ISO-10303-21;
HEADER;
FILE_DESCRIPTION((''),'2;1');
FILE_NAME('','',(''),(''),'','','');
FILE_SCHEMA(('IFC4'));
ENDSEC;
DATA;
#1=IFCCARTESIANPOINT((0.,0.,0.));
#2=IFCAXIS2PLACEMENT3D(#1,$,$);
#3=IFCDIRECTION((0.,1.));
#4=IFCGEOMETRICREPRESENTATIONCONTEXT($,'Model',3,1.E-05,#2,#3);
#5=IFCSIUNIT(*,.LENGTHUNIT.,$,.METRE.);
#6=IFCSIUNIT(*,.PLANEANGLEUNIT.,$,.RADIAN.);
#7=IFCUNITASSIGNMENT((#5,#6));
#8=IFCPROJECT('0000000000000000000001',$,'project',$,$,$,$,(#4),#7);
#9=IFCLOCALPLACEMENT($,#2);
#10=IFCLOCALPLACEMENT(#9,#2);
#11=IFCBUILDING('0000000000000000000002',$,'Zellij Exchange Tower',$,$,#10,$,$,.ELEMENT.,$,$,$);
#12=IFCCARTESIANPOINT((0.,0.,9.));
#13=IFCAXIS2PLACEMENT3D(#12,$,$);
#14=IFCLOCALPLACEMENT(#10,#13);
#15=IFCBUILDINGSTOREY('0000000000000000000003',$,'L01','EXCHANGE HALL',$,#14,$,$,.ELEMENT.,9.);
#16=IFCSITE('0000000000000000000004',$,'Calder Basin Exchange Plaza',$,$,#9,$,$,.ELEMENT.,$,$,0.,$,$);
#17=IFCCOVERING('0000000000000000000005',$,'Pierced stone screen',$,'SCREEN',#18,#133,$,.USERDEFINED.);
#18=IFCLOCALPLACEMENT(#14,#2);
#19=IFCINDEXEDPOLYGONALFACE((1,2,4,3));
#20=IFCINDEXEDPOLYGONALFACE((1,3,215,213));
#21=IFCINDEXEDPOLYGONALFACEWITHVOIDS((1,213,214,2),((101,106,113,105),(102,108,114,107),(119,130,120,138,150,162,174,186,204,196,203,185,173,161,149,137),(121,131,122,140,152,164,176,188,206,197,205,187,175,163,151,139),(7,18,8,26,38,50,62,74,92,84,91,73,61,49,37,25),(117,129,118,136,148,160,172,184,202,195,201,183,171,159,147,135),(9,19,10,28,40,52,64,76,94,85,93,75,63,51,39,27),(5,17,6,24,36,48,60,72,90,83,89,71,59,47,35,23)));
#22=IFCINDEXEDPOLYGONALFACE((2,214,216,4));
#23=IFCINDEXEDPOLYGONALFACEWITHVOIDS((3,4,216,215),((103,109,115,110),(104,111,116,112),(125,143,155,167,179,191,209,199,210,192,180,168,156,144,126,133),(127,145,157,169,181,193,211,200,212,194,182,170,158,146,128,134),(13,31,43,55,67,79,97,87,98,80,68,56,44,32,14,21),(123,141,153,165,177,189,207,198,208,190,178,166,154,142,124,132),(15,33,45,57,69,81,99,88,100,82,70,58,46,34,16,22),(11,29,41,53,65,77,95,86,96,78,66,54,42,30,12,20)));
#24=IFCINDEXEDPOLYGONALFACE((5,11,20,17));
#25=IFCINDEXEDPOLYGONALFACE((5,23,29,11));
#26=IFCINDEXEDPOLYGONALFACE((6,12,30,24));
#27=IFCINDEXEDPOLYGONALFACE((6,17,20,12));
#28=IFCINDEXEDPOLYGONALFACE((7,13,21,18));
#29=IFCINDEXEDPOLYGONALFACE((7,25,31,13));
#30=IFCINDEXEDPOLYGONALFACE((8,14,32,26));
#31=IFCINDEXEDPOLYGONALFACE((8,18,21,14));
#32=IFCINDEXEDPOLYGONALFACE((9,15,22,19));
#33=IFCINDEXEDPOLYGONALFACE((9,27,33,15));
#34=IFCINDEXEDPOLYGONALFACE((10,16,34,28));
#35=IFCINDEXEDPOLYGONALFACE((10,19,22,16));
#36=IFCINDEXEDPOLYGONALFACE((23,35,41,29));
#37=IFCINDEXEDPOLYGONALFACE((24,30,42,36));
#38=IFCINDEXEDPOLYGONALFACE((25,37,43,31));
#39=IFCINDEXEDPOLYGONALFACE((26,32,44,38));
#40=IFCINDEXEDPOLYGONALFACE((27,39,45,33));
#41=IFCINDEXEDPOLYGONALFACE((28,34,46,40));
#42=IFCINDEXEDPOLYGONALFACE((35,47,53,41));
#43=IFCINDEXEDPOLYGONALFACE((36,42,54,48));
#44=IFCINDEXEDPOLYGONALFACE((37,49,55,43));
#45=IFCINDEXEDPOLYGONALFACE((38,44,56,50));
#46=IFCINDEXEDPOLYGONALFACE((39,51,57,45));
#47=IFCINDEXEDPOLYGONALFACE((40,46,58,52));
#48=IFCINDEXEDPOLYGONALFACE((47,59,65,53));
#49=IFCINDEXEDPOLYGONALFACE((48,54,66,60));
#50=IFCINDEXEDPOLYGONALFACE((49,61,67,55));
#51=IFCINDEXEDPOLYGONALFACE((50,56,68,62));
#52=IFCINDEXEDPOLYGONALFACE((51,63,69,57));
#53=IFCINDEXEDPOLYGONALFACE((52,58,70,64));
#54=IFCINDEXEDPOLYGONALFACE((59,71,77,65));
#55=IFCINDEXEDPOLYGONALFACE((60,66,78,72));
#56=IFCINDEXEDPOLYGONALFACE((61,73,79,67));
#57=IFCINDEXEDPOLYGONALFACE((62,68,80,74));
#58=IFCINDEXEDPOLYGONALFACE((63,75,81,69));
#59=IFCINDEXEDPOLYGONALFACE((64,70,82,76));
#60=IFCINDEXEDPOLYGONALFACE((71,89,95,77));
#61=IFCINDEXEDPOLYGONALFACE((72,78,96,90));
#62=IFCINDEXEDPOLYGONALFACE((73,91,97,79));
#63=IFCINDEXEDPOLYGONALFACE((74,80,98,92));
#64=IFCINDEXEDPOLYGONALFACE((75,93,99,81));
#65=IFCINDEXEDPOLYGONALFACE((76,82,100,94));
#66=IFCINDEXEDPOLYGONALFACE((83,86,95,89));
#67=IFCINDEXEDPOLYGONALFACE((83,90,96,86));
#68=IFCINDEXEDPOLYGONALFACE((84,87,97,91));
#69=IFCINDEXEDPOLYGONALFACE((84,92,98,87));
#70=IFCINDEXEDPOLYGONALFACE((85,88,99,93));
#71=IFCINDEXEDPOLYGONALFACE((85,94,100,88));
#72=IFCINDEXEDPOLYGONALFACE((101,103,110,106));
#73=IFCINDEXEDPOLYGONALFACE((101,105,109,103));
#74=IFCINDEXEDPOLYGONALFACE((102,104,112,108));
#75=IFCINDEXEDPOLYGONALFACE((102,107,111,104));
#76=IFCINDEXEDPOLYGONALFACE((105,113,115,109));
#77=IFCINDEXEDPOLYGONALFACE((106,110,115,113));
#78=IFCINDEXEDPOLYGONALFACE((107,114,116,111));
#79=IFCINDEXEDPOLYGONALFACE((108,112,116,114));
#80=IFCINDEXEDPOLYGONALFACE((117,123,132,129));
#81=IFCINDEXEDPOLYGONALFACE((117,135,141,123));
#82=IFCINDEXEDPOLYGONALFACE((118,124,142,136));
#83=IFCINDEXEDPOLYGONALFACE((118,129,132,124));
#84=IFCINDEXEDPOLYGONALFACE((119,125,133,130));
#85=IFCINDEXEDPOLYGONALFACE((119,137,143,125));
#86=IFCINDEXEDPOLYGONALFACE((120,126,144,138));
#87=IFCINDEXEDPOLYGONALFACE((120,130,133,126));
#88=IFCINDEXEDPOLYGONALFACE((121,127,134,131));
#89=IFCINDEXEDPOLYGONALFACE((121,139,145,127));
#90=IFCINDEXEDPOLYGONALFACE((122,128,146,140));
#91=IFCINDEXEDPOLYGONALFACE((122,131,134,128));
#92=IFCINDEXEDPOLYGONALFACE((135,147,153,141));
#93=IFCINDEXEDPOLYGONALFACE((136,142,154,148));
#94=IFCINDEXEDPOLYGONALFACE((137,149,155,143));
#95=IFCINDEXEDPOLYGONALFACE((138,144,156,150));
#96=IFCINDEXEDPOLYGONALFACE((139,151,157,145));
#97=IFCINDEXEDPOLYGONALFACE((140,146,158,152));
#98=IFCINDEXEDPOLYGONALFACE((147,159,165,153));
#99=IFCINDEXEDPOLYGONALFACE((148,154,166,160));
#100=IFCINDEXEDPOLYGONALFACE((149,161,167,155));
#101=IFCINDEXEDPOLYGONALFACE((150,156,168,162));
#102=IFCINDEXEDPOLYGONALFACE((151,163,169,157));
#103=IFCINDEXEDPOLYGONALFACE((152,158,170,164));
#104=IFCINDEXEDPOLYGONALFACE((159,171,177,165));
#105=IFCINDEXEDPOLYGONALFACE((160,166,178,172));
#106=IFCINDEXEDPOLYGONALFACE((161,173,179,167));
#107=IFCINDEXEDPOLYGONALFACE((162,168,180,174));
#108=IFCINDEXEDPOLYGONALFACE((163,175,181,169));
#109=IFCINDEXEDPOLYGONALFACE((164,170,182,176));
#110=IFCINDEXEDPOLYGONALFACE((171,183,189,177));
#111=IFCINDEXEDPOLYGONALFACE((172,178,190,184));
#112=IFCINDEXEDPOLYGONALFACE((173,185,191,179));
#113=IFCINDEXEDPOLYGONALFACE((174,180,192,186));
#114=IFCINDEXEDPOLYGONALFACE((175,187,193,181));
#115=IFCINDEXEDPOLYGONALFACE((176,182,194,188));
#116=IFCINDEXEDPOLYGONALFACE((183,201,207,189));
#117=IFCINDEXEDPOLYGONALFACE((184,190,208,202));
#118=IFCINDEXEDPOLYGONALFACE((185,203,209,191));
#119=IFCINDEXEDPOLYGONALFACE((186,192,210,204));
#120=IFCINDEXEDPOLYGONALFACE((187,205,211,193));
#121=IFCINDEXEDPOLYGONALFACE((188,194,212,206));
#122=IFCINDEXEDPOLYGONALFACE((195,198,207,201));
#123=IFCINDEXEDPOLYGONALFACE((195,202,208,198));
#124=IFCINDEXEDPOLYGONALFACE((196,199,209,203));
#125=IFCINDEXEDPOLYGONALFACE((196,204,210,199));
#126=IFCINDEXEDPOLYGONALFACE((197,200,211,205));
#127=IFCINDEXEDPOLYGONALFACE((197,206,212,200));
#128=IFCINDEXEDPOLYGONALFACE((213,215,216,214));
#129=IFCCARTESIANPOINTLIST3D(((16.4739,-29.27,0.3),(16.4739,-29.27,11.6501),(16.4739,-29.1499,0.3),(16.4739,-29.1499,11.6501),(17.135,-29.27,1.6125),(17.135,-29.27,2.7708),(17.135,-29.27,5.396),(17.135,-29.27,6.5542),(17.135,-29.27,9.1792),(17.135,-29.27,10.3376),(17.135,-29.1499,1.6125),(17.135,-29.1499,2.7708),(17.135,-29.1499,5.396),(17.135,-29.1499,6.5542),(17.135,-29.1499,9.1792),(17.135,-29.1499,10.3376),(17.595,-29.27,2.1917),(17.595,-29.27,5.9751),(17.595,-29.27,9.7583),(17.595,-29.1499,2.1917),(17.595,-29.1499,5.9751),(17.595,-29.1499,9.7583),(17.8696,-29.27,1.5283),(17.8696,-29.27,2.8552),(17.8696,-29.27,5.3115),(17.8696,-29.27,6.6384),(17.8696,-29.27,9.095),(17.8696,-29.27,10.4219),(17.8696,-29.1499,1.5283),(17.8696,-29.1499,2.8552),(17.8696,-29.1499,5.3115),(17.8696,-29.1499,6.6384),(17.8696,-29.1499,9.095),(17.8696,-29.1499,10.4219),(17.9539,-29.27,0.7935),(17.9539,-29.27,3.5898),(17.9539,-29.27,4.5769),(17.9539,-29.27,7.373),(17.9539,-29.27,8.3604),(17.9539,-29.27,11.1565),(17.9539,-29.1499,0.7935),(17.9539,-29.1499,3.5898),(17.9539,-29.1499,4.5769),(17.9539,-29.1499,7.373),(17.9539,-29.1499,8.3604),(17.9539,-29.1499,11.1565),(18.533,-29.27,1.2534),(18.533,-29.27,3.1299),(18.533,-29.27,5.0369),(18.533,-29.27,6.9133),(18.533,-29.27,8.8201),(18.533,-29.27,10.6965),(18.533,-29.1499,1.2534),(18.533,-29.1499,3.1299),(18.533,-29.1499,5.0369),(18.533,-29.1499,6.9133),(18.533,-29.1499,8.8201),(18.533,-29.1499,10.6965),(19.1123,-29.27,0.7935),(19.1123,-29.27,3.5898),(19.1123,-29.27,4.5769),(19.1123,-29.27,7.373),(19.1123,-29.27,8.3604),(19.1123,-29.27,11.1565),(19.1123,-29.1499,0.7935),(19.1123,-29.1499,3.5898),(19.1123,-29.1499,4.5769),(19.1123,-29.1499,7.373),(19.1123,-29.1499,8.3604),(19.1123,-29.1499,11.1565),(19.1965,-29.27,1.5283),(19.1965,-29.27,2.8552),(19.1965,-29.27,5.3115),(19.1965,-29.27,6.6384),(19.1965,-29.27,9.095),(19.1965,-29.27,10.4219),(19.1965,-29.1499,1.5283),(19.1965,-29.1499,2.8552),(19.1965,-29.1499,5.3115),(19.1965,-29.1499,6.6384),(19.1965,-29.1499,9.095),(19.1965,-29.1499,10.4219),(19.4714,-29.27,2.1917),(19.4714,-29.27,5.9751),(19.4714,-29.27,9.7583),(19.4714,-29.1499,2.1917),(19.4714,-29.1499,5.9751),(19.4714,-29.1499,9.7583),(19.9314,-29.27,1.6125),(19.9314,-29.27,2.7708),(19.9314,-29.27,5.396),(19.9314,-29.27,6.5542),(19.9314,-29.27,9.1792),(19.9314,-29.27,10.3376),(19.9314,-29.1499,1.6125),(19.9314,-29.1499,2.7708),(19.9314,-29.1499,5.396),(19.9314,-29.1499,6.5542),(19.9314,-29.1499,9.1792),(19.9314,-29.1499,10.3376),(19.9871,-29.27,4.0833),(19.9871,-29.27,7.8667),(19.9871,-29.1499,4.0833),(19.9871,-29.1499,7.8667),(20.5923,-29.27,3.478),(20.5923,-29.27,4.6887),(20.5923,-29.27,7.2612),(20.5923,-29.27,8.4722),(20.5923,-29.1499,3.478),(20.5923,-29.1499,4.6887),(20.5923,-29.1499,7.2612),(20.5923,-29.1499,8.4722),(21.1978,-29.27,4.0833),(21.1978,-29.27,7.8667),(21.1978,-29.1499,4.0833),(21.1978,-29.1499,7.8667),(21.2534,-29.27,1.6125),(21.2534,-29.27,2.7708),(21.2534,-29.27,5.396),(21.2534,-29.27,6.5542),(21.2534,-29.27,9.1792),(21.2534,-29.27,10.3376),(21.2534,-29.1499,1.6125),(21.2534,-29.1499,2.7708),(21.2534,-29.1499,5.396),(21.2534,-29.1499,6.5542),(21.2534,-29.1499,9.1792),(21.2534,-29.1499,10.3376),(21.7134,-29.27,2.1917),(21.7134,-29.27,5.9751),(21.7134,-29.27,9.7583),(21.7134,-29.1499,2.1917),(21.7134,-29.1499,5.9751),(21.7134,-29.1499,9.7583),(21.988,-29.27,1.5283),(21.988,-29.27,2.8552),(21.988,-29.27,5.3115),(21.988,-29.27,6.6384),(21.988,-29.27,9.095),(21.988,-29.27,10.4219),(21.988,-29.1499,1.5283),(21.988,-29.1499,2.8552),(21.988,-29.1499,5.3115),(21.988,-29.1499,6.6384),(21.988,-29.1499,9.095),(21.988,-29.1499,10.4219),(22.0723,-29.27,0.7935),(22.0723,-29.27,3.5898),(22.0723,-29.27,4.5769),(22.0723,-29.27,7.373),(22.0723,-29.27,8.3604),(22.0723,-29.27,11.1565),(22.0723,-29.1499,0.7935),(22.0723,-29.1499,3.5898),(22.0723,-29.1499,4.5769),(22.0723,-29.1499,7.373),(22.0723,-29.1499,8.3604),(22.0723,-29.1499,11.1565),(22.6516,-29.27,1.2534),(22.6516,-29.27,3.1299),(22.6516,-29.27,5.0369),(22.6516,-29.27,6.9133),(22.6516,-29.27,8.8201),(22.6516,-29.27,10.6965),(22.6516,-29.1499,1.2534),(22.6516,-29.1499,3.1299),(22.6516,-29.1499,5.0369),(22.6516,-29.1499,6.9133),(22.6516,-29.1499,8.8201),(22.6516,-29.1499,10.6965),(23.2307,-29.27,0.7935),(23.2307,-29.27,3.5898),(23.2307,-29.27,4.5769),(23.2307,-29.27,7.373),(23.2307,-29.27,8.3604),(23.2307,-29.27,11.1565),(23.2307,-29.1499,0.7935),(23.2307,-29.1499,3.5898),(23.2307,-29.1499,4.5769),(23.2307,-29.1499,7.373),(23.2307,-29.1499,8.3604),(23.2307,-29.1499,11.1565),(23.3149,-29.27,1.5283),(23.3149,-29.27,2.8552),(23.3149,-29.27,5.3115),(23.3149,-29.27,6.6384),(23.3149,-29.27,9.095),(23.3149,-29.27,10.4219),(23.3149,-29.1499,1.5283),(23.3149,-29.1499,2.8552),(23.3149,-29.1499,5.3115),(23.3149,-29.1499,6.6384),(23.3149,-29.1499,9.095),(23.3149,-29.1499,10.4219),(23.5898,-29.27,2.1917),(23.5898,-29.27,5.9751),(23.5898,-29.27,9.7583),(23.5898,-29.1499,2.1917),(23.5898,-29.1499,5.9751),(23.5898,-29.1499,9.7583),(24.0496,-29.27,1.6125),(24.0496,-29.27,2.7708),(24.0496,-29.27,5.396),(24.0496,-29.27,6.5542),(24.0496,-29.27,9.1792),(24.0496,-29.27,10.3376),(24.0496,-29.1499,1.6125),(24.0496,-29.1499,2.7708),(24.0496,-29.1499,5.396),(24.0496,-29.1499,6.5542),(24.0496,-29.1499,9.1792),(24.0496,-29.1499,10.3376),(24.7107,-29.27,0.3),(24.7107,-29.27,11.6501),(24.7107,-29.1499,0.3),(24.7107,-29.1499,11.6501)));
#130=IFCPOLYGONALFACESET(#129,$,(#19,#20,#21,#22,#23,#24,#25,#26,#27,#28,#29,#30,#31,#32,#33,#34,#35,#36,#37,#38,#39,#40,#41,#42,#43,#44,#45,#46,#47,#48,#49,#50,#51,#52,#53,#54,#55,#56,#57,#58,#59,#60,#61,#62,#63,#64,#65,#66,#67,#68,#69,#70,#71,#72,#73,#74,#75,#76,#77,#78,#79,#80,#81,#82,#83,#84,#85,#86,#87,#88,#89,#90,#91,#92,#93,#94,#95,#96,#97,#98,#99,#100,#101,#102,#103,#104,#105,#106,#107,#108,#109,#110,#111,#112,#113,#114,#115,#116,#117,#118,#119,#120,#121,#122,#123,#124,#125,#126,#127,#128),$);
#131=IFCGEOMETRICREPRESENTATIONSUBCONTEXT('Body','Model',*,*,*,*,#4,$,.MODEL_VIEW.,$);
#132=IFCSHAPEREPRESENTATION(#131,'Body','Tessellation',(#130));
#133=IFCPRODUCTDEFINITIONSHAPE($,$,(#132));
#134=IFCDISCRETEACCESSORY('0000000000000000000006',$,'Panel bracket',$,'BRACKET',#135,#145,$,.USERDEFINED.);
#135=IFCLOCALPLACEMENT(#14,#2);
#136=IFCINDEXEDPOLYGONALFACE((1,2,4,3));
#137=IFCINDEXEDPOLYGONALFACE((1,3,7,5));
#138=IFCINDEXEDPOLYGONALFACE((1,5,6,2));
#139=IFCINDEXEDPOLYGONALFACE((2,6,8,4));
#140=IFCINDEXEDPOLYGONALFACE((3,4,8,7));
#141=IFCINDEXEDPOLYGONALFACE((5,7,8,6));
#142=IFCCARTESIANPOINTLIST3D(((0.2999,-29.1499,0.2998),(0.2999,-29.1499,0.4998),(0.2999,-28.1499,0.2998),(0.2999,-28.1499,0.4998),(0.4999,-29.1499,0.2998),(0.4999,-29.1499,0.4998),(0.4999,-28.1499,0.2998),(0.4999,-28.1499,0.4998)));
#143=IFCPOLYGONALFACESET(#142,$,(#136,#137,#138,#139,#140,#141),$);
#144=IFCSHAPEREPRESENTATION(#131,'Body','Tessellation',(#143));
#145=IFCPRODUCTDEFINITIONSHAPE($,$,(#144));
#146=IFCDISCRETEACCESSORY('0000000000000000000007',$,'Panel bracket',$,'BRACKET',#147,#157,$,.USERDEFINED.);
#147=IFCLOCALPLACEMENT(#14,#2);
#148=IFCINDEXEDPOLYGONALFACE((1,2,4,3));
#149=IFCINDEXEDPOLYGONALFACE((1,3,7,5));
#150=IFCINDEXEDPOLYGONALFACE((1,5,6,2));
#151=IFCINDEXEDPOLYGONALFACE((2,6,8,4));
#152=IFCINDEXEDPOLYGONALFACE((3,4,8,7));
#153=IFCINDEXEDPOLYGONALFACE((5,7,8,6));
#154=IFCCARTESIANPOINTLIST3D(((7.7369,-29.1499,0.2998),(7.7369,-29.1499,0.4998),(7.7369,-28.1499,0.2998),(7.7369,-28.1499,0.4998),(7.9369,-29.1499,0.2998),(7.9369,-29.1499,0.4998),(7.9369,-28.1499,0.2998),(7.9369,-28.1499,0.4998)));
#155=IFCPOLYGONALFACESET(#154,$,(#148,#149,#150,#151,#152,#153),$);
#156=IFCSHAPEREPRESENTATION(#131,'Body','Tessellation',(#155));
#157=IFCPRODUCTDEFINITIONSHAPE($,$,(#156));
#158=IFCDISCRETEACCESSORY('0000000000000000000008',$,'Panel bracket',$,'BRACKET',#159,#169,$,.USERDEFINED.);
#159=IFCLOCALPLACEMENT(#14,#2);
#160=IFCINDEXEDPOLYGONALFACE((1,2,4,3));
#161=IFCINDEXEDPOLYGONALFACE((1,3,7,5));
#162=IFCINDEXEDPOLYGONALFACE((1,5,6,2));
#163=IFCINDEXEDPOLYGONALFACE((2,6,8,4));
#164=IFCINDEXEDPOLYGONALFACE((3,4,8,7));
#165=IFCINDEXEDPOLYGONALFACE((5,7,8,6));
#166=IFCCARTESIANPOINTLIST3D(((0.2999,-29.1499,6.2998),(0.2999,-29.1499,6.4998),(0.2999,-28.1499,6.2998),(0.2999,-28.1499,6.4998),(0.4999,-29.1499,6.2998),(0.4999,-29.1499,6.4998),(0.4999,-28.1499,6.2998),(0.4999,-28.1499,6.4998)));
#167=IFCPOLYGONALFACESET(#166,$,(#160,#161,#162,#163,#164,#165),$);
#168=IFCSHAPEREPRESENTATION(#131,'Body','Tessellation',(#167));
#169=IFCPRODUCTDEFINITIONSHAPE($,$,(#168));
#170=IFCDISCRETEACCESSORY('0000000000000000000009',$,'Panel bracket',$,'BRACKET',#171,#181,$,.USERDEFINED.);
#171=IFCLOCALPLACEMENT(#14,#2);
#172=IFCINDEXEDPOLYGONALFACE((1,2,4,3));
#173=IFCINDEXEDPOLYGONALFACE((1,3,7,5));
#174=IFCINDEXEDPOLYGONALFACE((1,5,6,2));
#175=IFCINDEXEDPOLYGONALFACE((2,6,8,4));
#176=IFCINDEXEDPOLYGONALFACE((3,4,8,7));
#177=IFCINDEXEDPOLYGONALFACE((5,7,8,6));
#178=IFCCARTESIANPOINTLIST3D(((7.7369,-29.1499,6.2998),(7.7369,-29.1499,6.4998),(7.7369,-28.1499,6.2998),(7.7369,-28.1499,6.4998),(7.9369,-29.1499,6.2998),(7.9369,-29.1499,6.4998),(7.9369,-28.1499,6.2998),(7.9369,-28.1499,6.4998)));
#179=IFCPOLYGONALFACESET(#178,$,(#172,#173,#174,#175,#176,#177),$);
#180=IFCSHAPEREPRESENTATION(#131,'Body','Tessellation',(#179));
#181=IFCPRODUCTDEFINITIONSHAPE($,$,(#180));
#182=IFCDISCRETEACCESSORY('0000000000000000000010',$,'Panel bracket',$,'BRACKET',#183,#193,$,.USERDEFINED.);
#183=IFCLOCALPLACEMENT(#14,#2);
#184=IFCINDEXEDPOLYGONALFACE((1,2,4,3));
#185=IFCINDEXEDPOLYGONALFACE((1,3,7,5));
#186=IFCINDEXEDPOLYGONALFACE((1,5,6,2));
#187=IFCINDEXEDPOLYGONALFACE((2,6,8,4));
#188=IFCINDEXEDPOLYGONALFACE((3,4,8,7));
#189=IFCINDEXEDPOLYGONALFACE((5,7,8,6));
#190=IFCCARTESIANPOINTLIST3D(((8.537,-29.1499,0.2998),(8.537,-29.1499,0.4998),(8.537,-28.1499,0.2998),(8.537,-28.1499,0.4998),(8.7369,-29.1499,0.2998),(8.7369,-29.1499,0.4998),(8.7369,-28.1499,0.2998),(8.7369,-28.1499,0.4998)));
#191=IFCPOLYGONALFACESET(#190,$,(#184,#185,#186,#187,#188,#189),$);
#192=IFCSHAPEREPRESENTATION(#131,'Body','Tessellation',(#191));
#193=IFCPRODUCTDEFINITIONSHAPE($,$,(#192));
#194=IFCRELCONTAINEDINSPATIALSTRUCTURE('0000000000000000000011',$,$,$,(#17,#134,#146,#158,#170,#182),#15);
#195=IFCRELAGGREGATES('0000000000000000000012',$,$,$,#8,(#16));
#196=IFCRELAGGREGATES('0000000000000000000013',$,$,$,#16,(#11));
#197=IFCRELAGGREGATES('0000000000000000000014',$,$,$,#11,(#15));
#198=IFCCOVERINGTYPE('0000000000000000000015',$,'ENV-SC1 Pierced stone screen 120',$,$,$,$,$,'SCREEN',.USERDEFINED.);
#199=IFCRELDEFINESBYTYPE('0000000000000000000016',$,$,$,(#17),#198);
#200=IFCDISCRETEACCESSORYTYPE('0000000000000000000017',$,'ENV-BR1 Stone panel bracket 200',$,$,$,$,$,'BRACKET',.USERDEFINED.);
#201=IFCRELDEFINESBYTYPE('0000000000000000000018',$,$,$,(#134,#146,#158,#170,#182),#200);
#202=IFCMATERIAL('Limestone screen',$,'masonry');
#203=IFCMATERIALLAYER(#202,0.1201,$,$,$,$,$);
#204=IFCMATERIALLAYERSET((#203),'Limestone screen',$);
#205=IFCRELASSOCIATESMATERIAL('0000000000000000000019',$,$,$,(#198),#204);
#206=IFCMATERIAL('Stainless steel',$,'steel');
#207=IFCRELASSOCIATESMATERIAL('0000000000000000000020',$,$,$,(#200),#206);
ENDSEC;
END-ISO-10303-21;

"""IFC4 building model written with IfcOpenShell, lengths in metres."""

from ifc_helpers import new_model, si_unit, direction, frame, origin, origin_2d, place, context, subcontext, project, spatial, polyline, rectangle, outline, extrude, material, layer, layer_set, type_object, element, save


model = new_model("IFC4")

# Units and contexts
model_context = context("Model", 3, precision=1e-05, world=origin(), true_north=direction((0.0, 1.0)))
body_context = subcontext(model_context, "Body", "Model", "MODEL_VIEW")
ifc_project = project(units=[si_unit("LENGTHUNIT", "METRE"), si_unit("PLANEANGLEUNIT", "RADIAN")], contexts=[model_context])

# Site, building, storey
site_placement = place(None, origin())
site = spatial("IfcSite", under=ifc_project, at=site_placement, Name="Calder Basin Exchange Plaza", CompositionType="ELEMENT", RefElevation=0.0)
building_placement = place(site_placement, origin())
building = spatial("IfcBuilding", under=site, at=building_placement, Name="Zellij Exchange Tower", CompositionType="ELEMENT")
storey_placement = place(building_placement, frame((0.0, 0.0, 9.0)))
storey = spatial("IfcBuildingStorey", under=building, at=storey_placement, Name="L01", Description="EXCHANGE HALL", CompositionType="ELEMENT", Elevation=9.0)

# Covering
ifc_material_1 = material(Name="Limestone screen", Category="masonry")
ifc_layer_1 = layer(ifc_material_1, 0.1201)
ifc_layer_set_1 = layer_set([ifc_layer_1], Name="Limestone screen")
covering_type = type_object("IfcCoveringType", Name="ENV-SC1 Pierced stone screen 120", ElementType="SCREEN", PredefinedType="USERDEFINED", material=ifc_layer_set_1)
covering_1_placement = place(storey_placement, frame((16.4739, -29.21, 0.3), z_axis=(0.0, 0.0, 1.0), x_axis=(1.0, 0.0, 0.0)))
element("IfcCovering", 1, at=covering_1_placement, inside=storey, type_object=covering_type, Name="Pierced stone screen", ObjectType="SCREEN", PredefinedType="USERDEFINED", context=body_context, shape_type="SweptSolid", body=[
    extrude(outline(polyline([(0.0, 0.0), (8.2368, 0.0), (8.2368, 11.3501), (0.0, 11.3501), (0.0, 0.0)]), holes=[polyline([(3.4575, 2.4707), (2.7227, 2.5552), (2.6384, 3.2898), (2.0591, 2.8298), (1.48, 3.2898), (1.3958, 2.5552), (0.6611, 2.4707), (1.1211, 1.8916), (0.6611, 1.3125), (1.3958, 1.2283), (1.48, 0.4934), (2.0591, 0.9534), (2.6384, 0.4934), (2.7227, 1.2283), (3.4575, 1.3125), (2.9976, 1.8916), (3.4575, 2.4707)]), polyline([(3.4575, 6.2542), (2.7227, 6.3384), (2.6384, 7.073), (2.0591, 6.6133), (1.48, 7.073), (1.3958, 6.3384), (0.6611, 6.2542), (1.1211, 5.675), (0.6611, 5.0959), (1.3958, 5.0115), (1.48, 4.2769), (2.0591, 4.7368), (2.6384, 4.2769), (2.7227, 5.0115), (3.4575, 5.0959), (2.9976, 5.675), (3.4575, 6.2542)]), polyline([(3.4575, 10.0376), (2.7227, 10.1218), (2.6384, 10.8564), (2.0591, 10.3965), (1.48, 10.8564), (1.3958, 10.1218), (0.6611, 10.0376), (1.1211, 9.4583), (0.6611, 8.8792), (1.3958, 8.7949), (1.48, 8.0603), (2.0591, 8.52), (2.6384, 8.0603), (2.7227, 8.7949), (3.4575, 8.8792), (2.9976, 9.4583), (3.4575, 10.0376)]), polyline([(7.5757, 2.4707), (6.8411, 2.5552), (6.7568, 3.2898), (6.1777, 2.8298), (5.5984, 3.2898), (5.5142, 2.5552), (4.7795, 2.4707), (5.2395, 1.8916), (4.7795, 1.3125), (5.5142, 1.2283), (5.5984, 0.4934), (6.1777, 0.9534), (6.7568, 0.4934), (6.8411, 1.2283), (7.5757, 1.3125), (7.116, 1.8916), (7.5757, 2.4707)]), polyline([(7.5757, 6.2542), (6.8411, 6.3384), (6.7568, 7.073), (6.1777, 6.6133), (5.5984, 7.073), (5.5142, 6.3384), (4.7795, 6.2542), (5.2395, 5.675), (4.7795, 5.0959), (5.5142, 5.0115), (5.5984, 4.2769), (6.1777, 4.7368), (6.7568, 4.2769), (6.8411, 5.0115), (7.5757, 5.0959), (7.116, 5.675), (7.5757, 6.2542)]), polyline([(7.5757, 10.0376), (6.8411, 10.1218), (6.7568, 10.8564), (6.1777, 10.3965), (5.5984, 10.8564), (5.5142, 10.1218), (4.7795, 10.0376), (5.2395, 9.4583), (4.7795, 8.8792), (5.5142, 8.7949), (5.5984, 8.0603), (6.1777, 8.52), (6.7568, 8.0603), (6.8411, 8.7949), (7.5757, 8.8792), (7.116, 9.4583), (7.5757, 10.0376)]), polyline([(4.7239, 3.7832), (4.1184, 4.3887), (3.5132, 3.7832), (4.1184, 3.178), (4.7239, 3.7832)]), polyline([(4.7239, 7.5667), (4.1184, 8.1721), (3.5132, 7.5667), (4.1184, 6.9612), (4.7239, 7.5667)])]), frame((0.0, 0.0601, 0.0), z_axis=(0.0, -1.0, 0.0), x_axis=(1.0, 0.0, 0.0)), (0.0, 0.0, 1.0), 0.1201),
])

# Discrete accessories
ifc_material_2 = material(Name="Stainless steel", Category="steel")
discrete_accessory_type = type_object("IfcDiscreteAccessoryType", Name="ENV-BR1 Stone panel bracket 200", ElementType="BRACKET", PredefinedType="USERDEFINED", material=ifc_material_2)
for number, where, z_axis, x_axis, name in (
    (2, (0.3999, -28.6499, 0.2998), (0.0, 0.0, 1.0), (1.0, 0.0, 0.0), "Panel bracket"),
    (3, (7.8369, -28.6499, 0.2998), (0.0, 0.0, 1.0), (1.0, 0.0, 0.0), "Panel bracket"),
    (4, (0.3999, -28.6499, 6.2998), (0.0, 0.0, 1.0), (1.0, 0.0, 0.0), "Panel bracket"),
    (5, (7.8369, -28.6499, 6.2998), (0.0, 0.0, 1.0), (1.0, 0.0, 0.0), "Panel bracket"),
    (6, (8.637, -28.6499, 0.2998), (0.0, 0.0, 1.0), (1.0, 0.0, 0.0), "Panel bracket"),
):
    element("IfcDiscreteAccessory", number, at=place(storey_placement, frame(where, z_axis=z_axis, x_axis=x_axis)), inside=storey, type_object=discrete_accessory_type, Name=name, ObjectType="BRACKET", PredefinedType="USERDEFINED", context=body_context, shape_type="SweptSolid", body=[
        extrude(rectangle(XDim=0.2, YDim=1.0, at=origin_2d()), origin(), (0.0, 0.0, 1.0), 0.2),
    ])

save(model, "model.ifc")
